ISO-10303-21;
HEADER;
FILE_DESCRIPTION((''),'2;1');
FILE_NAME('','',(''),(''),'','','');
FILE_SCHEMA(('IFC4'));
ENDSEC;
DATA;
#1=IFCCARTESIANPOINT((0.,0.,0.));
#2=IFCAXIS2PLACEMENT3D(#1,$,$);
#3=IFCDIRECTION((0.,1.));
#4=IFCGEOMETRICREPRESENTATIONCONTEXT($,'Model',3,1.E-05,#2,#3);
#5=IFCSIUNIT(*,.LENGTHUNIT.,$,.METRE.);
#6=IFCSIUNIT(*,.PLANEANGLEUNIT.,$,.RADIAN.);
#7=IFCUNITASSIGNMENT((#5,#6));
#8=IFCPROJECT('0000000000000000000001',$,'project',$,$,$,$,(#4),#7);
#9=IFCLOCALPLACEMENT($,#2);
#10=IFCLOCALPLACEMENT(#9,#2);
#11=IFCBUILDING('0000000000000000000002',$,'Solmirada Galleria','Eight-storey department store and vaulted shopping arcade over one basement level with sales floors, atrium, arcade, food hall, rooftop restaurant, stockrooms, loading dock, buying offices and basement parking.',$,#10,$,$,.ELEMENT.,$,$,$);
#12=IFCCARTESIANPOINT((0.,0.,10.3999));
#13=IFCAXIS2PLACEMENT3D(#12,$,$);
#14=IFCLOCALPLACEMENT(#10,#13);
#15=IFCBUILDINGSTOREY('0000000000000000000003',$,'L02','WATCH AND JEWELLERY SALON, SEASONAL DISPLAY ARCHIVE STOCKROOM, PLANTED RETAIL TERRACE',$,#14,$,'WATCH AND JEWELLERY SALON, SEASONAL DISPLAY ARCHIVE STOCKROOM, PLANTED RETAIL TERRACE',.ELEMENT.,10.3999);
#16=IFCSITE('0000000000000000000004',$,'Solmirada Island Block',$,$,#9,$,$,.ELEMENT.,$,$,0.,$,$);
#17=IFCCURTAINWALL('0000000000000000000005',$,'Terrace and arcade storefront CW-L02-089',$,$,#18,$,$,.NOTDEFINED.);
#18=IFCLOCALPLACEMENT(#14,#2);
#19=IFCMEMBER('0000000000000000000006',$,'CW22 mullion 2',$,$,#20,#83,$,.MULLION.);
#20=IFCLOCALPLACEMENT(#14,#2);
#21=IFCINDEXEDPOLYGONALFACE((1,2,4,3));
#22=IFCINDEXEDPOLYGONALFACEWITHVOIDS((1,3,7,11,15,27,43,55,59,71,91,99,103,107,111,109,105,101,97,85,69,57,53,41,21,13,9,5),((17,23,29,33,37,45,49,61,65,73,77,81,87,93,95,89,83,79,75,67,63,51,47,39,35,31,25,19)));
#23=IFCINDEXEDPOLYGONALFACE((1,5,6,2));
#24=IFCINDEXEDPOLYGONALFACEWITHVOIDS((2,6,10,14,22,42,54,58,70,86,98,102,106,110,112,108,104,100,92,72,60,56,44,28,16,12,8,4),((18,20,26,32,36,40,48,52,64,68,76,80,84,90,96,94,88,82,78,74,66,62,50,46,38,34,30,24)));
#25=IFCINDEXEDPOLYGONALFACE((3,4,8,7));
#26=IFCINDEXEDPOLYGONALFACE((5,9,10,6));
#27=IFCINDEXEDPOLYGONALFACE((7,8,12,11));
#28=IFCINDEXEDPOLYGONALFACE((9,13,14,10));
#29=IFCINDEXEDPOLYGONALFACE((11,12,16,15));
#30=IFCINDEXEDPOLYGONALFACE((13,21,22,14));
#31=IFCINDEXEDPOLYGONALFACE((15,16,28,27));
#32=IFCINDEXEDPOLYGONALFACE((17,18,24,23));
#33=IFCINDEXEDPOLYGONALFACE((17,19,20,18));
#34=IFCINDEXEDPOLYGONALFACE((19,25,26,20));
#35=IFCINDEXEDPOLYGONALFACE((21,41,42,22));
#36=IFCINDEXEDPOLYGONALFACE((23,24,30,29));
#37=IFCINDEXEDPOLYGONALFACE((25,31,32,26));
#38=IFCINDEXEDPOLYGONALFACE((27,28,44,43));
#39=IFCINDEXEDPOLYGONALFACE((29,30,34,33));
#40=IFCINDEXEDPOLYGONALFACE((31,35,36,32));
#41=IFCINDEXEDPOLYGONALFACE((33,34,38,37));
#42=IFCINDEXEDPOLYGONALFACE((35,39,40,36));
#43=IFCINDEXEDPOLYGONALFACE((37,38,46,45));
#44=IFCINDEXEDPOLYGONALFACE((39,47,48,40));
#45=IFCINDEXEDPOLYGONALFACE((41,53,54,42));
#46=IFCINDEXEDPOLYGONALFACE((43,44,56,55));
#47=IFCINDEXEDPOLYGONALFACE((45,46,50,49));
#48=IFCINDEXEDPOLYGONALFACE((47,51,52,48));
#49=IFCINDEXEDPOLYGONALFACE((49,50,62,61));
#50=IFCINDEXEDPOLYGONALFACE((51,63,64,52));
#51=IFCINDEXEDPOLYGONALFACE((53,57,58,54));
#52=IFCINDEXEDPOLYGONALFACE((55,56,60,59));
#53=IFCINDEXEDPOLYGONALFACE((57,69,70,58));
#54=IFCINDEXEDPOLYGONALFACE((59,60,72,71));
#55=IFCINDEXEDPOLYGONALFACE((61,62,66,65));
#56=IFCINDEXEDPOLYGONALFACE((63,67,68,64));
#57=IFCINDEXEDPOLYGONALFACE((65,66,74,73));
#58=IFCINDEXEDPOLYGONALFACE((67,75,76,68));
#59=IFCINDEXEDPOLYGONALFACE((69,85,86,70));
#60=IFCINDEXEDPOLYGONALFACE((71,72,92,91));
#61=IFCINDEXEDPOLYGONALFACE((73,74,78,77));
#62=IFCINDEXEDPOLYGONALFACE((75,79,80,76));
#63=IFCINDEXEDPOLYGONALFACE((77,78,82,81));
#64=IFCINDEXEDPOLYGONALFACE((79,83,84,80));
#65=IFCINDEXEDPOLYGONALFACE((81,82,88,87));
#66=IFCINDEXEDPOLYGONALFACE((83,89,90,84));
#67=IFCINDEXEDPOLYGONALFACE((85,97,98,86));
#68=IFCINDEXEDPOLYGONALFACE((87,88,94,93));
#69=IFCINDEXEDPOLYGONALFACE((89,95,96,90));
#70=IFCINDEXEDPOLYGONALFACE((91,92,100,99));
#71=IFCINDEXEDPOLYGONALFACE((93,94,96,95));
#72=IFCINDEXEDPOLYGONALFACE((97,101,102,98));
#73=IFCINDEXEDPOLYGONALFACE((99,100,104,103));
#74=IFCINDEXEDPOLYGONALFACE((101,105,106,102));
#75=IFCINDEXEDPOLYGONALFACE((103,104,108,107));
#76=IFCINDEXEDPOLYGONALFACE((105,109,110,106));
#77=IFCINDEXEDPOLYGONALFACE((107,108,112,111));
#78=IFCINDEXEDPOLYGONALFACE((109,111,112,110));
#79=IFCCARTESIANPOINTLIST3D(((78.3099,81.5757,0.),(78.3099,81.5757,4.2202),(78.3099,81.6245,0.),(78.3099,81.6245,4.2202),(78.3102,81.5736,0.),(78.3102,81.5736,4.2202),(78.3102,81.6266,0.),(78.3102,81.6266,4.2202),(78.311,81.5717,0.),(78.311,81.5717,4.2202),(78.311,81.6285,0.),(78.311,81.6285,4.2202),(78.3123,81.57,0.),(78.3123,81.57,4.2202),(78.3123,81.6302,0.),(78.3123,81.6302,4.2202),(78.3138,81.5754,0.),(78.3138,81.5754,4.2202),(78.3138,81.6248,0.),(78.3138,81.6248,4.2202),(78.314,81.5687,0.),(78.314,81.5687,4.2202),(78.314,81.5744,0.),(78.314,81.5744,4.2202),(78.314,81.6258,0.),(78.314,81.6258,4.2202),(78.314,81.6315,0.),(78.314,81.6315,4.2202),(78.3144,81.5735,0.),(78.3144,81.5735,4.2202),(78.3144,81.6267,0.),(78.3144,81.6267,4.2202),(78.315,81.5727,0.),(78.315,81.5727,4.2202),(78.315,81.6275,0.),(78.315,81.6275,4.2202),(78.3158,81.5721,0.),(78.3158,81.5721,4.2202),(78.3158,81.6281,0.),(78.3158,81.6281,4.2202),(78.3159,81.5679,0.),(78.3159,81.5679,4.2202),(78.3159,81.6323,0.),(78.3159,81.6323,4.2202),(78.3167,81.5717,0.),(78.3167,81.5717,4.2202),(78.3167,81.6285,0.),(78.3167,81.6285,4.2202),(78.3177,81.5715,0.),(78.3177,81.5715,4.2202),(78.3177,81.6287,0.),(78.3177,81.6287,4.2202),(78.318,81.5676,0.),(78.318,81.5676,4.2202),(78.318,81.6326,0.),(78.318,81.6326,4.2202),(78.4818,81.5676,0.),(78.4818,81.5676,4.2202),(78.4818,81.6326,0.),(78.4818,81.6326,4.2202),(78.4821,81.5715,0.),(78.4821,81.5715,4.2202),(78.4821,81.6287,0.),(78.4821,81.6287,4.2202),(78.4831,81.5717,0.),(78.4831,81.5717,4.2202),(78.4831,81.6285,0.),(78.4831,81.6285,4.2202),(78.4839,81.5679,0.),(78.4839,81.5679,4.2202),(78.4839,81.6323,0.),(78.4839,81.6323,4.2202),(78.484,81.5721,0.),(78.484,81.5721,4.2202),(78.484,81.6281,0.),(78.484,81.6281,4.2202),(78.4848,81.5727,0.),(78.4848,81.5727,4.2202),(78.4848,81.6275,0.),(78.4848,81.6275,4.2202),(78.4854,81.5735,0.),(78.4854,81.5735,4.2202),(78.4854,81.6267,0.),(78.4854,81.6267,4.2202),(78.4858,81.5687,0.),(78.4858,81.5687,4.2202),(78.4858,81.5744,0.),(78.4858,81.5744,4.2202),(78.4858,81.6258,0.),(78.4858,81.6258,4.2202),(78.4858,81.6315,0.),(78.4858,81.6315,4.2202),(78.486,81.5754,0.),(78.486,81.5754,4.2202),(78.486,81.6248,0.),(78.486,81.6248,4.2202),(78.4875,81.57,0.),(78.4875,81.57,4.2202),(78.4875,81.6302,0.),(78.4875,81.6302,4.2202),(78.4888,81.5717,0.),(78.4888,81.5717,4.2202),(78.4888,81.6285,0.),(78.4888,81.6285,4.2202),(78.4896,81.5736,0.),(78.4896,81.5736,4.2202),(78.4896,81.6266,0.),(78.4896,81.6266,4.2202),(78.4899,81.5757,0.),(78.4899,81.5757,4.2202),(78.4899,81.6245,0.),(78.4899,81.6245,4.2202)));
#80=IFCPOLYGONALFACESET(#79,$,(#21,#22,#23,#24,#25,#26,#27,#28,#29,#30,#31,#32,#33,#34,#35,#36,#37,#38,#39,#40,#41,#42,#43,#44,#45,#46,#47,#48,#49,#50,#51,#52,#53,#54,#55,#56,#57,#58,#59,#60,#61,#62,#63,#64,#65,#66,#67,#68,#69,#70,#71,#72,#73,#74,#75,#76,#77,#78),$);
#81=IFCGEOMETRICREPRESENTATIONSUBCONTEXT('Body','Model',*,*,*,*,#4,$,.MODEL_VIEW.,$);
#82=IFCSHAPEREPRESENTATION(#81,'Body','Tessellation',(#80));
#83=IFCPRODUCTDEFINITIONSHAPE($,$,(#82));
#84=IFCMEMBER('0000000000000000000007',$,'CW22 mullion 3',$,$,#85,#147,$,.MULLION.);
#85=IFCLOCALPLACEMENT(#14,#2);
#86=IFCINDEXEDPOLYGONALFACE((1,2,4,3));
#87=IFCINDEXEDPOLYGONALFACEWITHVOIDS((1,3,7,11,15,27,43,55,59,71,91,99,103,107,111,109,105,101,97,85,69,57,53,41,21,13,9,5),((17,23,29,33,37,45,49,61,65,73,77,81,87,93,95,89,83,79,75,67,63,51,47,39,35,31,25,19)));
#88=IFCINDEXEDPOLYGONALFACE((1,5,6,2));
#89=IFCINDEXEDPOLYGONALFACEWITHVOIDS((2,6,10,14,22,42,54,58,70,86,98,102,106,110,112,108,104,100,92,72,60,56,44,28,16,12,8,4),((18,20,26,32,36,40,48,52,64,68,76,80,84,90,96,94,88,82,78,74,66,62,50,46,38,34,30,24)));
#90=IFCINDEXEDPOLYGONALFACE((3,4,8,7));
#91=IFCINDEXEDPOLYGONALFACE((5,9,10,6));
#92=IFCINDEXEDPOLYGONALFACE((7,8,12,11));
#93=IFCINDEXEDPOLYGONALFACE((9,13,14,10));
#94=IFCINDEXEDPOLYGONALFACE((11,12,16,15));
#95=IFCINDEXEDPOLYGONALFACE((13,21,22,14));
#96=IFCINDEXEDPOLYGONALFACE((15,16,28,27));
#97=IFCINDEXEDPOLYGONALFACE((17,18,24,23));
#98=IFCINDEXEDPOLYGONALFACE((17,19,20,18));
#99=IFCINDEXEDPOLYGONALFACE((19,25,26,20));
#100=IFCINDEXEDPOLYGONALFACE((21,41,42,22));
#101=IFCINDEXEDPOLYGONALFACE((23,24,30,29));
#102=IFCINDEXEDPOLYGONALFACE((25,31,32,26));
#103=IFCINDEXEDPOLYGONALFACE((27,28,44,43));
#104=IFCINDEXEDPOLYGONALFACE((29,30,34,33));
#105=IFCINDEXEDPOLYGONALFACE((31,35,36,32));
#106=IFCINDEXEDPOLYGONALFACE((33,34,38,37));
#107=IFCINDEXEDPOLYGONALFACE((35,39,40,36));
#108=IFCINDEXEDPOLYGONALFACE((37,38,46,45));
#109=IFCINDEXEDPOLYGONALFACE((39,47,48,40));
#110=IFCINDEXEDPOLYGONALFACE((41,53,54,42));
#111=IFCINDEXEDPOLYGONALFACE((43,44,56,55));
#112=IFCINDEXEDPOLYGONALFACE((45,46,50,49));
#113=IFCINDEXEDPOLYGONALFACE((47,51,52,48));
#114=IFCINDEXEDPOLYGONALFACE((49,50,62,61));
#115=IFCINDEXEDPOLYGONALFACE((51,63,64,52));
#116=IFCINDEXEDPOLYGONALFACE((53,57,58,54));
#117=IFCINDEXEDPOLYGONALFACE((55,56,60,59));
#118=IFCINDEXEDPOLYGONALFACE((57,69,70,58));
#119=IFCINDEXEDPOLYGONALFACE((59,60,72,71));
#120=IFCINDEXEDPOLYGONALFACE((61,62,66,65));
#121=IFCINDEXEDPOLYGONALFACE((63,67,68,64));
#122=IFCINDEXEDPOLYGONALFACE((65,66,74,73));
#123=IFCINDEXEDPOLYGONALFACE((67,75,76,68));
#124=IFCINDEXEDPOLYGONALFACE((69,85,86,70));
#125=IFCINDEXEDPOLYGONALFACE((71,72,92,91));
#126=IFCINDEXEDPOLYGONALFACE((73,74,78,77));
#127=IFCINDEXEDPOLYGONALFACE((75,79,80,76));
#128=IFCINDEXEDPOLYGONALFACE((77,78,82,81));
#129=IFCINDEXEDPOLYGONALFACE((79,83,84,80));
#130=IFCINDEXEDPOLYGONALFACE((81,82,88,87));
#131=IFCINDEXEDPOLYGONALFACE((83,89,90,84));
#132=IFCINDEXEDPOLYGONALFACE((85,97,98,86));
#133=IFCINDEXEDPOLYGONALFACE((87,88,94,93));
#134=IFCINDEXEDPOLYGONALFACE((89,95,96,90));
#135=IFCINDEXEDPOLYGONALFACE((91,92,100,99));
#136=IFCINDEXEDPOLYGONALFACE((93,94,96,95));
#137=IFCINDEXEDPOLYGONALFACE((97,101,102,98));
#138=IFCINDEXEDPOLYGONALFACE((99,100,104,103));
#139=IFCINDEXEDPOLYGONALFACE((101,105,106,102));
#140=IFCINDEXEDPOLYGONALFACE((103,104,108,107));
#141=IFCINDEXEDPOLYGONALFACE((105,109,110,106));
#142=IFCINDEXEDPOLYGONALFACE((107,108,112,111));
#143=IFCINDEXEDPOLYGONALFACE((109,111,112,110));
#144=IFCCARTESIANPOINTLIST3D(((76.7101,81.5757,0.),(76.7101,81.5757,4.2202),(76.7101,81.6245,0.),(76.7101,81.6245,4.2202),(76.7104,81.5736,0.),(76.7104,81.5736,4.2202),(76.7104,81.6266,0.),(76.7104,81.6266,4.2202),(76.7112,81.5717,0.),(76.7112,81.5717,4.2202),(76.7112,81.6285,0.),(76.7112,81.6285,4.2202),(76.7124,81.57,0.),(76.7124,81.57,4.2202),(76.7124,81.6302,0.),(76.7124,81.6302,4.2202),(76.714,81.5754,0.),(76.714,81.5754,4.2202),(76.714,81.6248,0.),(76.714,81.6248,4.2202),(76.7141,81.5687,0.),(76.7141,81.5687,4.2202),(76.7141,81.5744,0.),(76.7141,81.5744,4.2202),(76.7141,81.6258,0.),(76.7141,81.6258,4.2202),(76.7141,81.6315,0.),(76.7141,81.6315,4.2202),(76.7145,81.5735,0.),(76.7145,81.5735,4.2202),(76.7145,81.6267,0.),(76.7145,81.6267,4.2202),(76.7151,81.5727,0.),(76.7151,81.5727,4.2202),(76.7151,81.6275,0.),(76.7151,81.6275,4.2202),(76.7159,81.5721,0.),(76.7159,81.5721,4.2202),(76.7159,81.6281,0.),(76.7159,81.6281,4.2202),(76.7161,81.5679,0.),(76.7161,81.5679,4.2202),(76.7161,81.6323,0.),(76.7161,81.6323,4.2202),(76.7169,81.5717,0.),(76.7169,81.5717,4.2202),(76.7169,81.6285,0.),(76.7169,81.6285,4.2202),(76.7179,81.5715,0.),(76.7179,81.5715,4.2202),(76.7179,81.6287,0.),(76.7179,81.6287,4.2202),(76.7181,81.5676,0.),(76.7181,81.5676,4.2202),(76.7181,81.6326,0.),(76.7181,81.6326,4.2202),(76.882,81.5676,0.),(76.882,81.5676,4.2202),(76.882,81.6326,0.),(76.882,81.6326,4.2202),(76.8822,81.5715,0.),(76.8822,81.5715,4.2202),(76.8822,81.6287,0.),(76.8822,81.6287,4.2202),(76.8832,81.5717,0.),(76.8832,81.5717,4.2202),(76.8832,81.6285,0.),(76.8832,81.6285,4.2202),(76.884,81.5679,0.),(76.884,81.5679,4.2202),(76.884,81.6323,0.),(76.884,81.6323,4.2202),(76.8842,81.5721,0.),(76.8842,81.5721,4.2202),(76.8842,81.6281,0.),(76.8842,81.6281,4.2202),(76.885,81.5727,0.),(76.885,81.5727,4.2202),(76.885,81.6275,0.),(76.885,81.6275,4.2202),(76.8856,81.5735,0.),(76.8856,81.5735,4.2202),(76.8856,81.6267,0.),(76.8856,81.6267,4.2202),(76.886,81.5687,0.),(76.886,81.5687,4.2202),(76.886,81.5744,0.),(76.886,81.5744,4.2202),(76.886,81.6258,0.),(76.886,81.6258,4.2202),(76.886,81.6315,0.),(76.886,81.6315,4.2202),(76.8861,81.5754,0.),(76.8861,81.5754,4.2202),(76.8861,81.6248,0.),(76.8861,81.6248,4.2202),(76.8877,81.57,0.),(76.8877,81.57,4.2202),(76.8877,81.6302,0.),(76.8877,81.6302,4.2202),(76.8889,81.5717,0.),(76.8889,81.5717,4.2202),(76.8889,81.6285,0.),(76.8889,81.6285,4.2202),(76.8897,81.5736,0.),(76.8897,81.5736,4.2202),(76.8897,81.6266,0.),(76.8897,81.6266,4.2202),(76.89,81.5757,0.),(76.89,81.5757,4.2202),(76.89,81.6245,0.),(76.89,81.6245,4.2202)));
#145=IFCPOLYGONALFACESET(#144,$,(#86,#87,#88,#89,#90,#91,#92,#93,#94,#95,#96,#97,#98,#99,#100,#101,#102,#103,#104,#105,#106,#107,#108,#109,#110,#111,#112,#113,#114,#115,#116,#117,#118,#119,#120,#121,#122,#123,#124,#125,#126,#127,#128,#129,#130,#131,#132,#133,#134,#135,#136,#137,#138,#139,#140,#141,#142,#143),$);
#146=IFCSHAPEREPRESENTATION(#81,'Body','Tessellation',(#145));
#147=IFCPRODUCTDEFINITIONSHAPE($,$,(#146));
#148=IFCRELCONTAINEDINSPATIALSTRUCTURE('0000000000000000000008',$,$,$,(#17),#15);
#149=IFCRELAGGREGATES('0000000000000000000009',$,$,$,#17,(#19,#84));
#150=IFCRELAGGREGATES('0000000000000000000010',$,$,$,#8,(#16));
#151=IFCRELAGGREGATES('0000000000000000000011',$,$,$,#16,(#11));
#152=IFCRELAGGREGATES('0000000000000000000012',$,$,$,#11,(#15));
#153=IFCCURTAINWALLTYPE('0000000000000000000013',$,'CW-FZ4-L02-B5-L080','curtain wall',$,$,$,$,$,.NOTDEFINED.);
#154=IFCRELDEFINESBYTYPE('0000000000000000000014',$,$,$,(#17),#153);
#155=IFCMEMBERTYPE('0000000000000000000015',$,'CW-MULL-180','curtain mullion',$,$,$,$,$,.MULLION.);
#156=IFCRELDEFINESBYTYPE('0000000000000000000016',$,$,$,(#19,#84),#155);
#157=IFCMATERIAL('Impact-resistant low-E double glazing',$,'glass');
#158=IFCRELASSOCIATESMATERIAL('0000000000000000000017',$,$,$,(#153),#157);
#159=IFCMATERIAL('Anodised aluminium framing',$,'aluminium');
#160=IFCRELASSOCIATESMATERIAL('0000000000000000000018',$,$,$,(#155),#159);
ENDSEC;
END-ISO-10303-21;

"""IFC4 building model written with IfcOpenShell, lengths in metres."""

from ifc_helpers import new_model, si_unit, direction, frame, origin, origin_2d, place, context, subcontext, project, spatial, hollow_rectangle, extrude, material, material_profile, profile_set, type_object, element, aggregate, save


model = new_model("IFC4")

# Units and contexts
model_context = context("Model", 3, precision=1e-05, world=origin(), true_north=direction((0.0, 1.0)))
body_context = subcontext(model_context, "Body", "Model", "MODEL_VIEW")
ifc_project = project(units=[si_unit("LENGTHUNIT", "METRE"), si_unit("PLANEANGLEUNIT", "RADIAN")], contexts=[model_context])

# Site, building, storey
site_placement = place(None, origin())
site = spatial("IfcSite", under=ifc_project, at=site_placement, Name="Solmirada Island Block", CompositionType="ELEMENT", RefElevation=0.0)
building_placement = place(site_placement, origin())
building = spatial("IfcBuilding", under=site, at=building_placement, Name="Solmirada Galleria", Description="Eight-storey department store and vaulted shopping arcade over one basement level with sales floors, atrium, arcade, food hall, rooftop restaurant, stockrooms, loading dock, buying offices and basement parking.", CompositionType="ELEMENT")
storey_placement = place(building_placement, frame((0.0, 0.0, 10.3999)))
storey = spatial("IfcBuildingStorey", under=building, at=storey_placement, Name="L02", Description="WATCH AND JEWELLERY SALON, SEASONAL DISPLAY ARCHIVE STOCKROOM, PLANTED RETAIL TERRACE", LongName="WATCH AND JEWELLERY SALON, SEASONAL DISPLAY ARCHIVE STOCKROOM, PLANTED RETAIL TERRACE", CompositionType="ELEMENT", Elevation=10.3999)

# Shared definitions
ifc_material_1 = material(Name="Impact-resistant low-E double glazing", Category="glass")
curtain_wall_type = type_object("IfcCurtainWallType", Name="CW-FZ4-L02-B5-L080", Description="curtain wall", PredefinedType="NOTDEFINED", material=ifc_material_1)
ifc_material_2 = material(Name="Anodised aluminium framing", Category="aluminium")
ifc_material_profile_1 = material_profile(ifc_material_2, hollow_rectangle(XDim=0.0649, YDim=0.1799, WallThickness=0.0039, InnerFilletRadius=0.0039, OuterFilletRadius=0.0081, at=origin_2d()), Name="ALU-MULL-180X65")
ifc_profile_set_1 = profile_set([ifc_material_profile_1], Name="Anodised aluminium framing")
member_type_1 = type_object("IfcMemberType", Name="CW-MULL-180", Description="curtain mullion", PredefinedType="MULLION", material=ifc_profile_set_1)

# Curtain wall, members
curtain_wall_1_placement = place(storey_placement, origin())
curtain_wall_1 = element("IfcCurtainWall", 1, at=curtain_wall_1_placement, inside=storey, type_object=curtain_wall_type, Name="Terrace and arcade storefront CW-L02-089", PredefinedType="NOTDEFINED")
member_1_placement = place(storey_placement, frame((78.3999, 81.6001, 0.0), z_axis=(0.0, 0.0, 1.0), x_axis=(0.0, -1.0, 0.0)))
member_1 = element("IfcMember", 2, at=member_1_placement, type_object=member_type_1, Name="CW22 mullion 2", PredefinedType="MULLION", context=body_context, shape_type="SweptSolid", body=[
    extrude(hollow_rectangle(XDim=0.0649, YDim=0.1799, WallThickness=0.0039, InnerFilletRadius=0.0039, OuterFilletRadius=0.0081, at=origin_2d()), origin(), (0.0, 0.0, 1.0), 4.2202),
])
member_2_placement = place(storey_placement, frame((76.8, 81.6001, 0.0), z_axis=(0.0, 0.0, 1.0), x_axis=(0.0, -1.0, 0.0)))
member_2 = element("IfcMember", 3, at=member_2_placement, type_object=member_type_1, Name="CW22 mullion 3", PredefinedType="MULLION", context=body_context, shape_type="SweptSolid", body=[
    extrude(hollow_rectangle(XDim=0.0649, YDim=0.1799, WallThickness=0.0039, InnerFilletRadius=0.0039, OuterFilletRadius=0.0081, at=origin_2d()), origin(), (0.0, 0.0, 1.0), 4.2202),
])

aggregate(curtain_wall_1, [member_1, member_2])

save(model, "model.ifc")
